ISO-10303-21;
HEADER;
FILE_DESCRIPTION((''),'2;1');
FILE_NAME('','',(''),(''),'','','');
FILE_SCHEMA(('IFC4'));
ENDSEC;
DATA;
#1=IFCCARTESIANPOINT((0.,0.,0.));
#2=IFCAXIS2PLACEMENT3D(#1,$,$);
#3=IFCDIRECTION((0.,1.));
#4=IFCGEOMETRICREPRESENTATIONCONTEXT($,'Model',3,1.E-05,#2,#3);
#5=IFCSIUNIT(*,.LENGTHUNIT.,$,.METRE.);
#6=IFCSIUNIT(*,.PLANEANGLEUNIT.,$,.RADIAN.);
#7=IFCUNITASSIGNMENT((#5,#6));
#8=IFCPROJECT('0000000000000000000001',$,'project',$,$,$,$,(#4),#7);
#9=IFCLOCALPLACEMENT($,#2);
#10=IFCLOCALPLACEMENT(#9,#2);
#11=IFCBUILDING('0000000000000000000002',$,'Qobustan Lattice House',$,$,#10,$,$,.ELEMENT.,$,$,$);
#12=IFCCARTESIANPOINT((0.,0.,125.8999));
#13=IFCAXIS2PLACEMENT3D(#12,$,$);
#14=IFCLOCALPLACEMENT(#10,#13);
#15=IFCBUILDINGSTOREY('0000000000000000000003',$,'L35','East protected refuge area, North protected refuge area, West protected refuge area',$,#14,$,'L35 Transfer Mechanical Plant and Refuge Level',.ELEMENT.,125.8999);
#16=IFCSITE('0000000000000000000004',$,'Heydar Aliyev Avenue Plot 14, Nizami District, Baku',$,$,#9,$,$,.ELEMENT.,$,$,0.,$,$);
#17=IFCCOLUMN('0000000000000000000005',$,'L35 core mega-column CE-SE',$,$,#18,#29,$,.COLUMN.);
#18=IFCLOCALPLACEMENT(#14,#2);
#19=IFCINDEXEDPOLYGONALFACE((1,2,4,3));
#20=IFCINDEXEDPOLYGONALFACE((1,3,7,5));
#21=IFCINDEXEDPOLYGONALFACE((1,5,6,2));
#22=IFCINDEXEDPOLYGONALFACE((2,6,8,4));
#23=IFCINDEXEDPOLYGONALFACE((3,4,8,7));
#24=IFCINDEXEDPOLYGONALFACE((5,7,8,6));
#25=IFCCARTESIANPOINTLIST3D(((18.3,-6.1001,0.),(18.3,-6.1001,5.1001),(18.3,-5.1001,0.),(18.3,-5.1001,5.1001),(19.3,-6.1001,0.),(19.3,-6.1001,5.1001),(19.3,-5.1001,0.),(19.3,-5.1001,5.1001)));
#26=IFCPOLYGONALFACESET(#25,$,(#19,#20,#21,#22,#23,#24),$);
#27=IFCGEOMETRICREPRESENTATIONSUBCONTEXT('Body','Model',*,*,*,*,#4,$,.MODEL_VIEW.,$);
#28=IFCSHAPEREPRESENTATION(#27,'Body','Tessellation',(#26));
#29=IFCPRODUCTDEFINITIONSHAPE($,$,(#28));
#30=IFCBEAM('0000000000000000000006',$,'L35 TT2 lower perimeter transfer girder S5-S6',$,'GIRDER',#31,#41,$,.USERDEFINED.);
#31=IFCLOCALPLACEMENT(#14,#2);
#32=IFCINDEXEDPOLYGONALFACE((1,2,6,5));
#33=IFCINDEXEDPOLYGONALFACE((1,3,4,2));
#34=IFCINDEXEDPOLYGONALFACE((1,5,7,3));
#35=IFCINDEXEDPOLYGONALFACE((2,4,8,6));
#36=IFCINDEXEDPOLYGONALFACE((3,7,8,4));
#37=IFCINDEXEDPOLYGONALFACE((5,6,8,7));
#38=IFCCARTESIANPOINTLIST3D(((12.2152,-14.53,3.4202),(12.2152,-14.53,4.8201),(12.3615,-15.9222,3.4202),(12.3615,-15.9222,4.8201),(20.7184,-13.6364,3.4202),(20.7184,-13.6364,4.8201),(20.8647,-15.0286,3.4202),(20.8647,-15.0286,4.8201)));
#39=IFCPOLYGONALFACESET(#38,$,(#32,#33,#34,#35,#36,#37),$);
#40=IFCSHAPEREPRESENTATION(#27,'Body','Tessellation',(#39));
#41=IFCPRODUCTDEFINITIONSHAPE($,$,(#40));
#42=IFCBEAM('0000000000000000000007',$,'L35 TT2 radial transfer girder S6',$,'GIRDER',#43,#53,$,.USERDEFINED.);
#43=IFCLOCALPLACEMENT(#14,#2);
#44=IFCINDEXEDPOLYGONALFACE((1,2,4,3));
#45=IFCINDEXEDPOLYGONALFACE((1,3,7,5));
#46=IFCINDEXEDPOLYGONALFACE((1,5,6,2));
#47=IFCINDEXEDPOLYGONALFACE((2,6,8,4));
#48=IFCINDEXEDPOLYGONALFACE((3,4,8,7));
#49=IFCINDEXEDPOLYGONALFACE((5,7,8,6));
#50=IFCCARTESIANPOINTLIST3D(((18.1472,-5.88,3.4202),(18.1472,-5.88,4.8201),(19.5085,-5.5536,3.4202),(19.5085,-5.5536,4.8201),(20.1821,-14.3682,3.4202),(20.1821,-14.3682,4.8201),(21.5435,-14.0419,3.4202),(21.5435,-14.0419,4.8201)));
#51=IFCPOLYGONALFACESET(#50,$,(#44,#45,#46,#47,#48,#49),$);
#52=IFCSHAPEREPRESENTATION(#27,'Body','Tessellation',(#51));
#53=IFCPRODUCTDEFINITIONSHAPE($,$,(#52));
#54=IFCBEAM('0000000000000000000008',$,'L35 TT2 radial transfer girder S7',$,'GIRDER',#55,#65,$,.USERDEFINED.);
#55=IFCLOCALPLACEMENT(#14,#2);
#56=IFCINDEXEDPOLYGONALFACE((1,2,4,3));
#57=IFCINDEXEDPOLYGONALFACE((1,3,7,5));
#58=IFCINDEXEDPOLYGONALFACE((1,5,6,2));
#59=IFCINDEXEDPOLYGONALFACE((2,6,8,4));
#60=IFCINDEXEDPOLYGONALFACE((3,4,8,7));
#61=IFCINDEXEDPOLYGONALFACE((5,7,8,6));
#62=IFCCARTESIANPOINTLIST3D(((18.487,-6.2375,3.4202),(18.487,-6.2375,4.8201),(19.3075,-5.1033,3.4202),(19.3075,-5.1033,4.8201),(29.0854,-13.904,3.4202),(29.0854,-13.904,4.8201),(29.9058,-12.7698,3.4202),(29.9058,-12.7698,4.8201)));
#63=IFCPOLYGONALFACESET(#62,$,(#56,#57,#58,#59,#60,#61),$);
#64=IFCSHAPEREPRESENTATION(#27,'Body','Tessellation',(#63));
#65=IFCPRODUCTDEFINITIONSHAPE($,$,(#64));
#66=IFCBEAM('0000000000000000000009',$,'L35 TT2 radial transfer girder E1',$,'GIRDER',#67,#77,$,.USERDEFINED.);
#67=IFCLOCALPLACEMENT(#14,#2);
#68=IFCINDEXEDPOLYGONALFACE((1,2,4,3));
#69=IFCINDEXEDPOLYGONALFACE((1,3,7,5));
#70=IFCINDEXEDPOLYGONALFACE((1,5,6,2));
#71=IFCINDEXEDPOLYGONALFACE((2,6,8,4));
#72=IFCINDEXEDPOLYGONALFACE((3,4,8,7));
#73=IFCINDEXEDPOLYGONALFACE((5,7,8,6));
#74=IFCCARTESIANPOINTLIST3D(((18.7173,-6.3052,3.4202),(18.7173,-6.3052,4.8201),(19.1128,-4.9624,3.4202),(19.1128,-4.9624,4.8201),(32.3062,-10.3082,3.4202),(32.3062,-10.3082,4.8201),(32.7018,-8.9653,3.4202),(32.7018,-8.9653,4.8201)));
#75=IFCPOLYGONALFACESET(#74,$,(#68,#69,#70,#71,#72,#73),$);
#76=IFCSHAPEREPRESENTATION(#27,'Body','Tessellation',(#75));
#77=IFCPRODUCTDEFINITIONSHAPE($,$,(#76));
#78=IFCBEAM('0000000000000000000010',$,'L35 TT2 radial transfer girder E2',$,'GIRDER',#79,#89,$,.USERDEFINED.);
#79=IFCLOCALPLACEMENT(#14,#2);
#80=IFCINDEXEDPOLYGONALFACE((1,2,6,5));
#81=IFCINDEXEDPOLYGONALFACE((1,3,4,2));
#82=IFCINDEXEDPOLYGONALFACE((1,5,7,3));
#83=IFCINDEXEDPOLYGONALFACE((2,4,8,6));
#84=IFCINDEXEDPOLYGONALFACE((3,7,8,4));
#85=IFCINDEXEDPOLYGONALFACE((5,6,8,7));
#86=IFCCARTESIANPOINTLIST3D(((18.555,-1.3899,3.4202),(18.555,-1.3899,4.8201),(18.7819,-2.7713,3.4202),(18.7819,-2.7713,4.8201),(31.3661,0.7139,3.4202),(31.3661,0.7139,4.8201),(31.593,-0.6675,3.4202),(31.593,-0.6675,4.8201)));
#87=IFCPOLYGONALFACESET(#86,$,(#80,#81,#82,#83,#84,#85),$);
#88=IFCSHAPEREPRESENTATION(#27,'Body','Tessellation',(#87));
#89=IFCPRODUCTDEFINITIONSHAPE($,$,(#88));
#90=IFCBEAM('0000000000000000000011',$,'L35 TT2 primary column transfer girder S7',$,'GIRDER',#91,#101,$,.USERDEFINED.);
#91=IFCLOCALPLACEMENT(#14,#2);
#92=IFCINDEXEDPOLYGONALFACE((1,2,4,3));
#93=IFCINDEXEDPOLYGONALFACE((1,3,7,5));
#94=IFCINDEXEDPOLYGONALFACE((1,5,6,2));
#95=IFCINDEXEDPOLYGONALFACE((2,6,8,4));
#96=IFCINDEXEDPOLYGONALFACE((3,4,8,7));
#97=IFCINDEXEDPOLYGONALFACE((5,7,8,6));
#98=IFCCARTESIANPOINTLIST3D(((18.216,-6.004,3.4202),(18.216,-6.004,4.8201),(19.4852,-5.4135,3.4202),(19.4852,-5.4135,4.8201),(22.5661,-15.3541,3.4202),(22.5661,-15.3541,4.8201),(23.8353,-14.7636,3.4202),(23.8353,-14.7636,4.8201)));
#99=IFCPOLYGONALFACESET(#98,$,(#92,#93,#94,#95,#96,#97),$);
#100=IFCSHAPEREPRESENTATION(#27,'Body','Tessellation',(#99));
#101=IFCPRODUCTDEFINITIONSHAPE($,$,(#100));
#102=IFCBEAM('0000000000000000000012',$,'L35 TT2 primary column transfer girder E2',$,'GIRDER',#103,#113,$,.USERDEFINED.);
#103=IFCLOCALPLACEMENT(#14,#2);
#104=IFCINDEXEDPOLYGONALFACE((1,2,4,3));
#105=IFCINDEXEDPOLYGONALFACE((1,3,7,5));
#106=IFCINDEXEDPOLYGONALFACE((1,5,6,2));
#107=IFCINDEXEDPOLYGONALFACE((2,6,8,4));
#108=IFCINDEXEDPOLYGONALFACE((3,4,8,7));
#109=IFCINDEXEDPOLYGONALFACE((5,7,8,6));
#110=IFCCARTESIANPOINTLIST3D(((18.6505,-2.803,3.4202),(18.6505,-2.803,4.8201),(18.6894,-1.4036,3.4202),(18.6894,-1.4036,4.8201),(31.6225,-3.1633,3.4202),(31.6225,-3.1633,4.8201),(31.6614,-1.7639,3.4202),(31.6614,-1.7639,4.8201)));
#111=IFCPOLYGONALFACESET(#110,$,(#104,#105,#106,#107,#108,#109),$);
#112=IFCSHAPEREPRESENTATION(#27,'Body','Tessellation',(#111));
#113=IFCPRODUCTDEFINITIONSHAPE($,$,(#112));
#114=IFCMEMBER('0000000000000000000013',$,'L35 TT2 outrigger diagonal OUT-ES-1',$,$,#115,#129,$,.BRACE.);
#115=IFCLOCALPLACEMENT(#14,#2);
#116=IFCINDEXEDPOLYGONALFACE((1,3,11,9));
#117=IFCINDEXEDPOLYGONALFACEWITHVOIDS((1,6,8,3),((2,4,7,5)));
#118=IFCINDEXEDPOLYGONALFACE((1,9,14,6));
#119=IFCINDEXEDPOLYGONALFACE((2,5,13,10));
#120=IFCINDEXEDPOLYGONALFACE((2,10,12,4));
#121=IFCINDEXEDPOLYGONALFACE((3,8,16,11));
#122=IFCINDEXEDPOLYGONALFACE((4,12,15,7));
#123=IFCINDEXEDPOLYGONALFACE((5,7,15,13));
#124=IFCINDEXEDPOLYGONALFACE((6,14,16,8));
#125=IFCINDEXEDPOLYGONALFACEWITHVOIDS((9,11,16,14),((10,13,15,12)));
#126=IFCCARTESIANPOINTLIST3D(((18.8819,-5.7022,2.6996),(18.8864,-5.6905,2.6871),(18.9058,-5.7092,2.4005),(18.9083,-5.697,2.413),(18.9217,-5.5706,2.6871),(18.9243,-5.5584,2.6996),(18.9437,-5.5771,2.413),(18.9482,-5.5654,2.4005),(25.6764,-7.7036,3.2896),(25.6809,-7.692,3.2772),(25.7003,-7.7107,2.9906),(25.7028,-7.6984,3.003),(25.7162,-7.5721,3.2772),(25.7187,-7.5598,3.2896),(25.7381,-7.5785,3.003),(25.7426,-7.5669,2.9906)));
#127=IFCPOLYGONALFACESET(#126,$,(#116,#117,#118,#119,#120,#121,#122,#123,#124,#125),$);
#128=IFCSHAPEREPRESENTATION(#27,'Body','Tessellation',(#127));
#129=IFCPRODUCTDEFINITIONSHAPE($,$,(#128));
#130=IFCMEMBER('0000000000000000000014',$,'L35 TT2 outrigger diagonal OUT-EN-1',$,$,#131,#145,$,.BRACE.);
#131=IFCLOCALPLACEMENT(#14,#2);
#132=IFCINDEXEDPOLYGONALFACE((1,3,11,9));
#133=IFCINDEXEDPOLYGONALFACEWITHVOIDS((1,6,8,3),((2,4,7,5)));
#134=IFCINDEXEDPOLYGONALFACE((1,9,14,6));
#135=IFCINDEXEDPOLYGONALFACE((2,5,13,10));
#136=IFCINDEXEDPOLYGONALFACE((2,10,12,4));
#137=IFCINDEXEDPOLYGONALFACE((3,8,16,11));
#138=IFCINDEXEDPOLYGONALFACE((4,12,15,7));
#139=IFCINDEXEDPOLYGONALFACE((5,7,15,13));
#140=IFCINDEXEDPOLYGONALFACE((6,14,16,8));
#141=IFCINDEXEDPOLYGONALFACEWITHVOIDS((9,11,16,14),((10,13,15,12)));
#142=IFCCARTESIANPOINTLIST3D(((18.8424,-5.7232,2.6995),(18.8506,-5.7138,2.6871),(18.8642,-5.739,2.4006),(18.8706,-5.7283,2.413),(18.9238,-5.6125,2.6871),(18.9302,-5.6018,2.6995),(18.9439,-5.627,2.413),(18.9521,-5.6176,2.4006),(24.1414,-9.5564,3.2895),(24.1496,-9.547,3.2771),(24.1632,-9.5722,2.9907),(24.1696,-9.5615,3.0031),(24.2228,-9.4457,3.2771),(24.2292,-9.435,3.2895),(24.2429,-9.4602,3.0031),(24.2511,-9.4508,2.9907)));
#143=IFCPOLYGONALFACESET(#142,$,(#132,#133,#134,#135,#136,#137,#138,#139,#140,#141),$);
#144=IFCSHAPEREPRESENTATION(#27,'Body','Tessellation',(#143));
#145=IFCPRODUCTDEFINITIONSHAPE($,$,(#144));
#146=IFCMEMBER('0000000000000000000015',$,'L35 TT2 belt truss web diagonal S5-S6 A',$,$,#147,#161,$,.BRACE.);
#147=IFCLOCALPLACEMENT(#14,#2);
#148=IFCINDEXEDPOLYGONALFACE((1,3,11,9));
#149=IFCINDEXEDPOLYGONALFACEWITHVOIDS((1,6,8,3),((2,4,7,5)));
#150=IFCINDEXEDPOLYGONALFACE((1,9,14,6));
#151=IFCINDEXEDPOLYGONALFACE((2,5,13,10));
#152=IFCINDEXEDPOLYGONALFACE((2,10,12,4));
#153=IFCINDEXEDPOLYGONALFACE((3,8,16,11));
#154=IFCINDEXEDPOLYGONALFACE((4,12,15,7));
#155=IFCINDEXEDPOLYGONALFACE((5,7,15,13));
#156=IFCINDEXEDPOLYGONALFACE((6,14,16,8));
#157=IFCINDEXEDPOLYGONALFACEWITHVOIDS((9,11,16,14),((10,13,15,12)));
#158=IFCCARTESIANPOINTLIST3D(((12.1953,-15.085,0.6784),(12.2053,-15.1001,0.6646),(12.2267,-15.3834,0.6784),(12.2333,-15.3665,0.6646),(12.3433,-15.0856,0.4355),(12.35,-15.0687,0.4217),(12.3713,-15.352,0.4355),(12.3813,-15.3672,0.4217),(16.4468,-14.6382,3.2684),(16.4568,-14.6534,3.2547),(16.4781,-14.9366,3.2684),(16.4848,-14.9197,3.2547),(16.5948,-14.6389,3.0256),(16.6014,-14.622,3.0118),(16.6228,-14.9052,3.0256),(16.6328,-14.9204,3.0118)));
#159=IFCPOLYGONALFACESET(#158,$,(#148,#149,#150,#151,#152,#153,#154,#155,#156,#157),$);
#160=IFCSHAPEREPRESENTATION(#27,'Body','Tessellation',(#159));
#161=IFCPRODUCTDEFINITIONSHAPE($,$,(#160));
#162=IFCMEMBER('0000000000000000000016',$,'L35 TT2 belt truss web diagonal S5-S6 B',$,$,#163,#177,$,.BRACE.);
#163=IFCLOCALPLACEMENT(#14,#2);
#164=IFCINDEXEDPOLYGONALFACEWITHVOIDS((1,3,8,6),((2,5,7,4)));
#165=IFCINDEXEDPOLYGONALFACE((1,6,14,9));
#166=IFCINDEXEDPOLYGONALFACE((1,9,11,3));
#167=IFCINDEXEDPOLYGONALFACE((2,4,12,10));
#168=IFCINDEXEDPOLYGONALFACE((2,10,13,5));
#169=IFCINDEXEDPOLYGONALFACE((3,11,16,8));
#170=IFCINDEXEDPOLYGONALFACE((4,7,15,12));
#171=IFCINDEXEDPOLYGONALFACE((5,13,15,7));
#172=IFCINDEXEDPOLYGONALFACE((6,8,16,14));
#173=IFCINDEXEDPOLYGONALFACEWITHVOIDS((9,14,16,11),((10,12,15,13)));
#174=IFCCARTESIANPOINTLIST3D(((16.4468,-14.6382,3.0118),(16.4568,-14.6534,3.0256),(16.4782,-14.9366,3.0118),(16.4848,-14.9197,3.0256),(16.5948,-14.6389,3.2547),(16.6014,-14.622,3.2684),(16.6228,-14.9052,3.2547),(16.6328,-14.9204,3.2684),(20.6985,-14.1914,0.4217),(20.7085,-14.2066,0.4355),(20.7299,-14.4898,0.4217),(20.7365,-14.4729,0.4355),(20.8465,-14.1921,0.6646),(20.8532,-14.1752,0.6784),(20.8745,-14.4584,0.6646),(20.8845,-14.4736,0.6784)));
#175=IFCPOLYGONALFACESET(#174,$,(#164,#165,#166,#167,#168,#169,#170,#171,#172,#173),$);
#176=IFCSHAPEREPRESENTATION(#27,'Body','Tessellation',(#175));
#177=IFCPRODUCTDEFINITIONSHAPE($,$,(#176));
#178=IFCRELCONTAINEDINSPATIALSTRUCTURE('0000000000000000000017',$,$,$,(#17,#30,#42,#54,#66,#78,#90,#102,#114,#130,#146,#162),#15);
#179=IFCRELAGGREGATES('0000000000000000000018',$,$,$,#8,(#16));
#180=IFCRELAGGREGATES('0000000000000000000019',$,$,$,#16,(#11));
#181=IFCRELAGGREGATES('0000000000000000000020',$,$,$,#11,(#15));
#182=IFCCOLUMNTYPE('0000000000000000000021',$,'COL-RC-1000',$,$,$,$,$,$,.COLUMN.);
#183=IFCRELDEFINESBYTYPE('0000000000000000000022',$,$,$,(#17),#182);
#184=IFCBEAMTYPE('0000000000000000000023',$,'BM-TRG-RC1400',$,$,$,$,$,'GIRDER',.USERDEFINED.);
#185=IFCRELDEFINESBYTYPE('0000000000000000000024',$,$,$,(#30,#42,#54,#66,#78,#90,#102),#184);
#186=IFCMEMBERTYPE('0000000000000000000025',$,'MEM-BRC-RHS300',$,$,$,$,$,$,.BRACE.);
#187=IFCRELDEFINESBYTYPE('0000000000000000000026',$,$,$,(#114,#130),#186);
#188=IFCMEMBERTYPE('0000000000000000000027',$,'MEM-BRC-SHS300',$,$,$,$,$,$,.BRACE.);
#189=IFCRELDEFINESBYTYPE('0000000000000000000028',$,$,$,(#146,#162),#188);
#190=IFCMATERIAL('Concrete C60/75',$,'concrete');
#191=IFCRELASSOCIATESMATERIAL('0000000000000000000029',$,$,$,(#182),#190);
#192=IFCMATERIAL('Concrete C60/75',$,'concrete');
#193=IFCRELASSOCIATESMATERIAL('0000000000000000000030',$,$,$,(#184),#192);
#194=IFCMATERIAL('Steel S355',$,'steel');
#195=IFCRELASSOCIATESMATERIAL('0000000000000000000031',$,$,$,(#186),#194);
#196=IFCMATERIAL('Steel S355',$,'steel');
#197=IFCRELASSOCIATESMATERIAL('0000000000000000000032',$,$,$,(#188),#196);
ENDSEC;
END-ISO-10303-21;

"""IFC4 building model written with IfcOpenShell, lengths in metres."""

from ifc_helpers import new_model, si_unit, direction, frame, origin, origin_2d, place, context, subcontext, project, spatial, rectangle, hollow_rectangle, extrude, material, material_profile, profile_set, type_object, element, save


model = new_model("IFC4")

# Units and contexts
model_context = context("Model", 3, precision=1e-05, world=origin(), true_north=direction((0.0, 1.0)))
body_context = subcontext(model_context, "Body", "Model", "MODEL_VIEW")
ifc_project = project(units=[si_unit("LENGTHUNIT", "METRE"), si_unit("PLANEANGLEUNIT", "RADIAN")], contexts=[model_context])

# Site, building, storey
site_placement = place(None, origin())
site = spatial("IfcSite", under=ifc_project, at=site_placement, Name="Heydar Aliyev Avenue Plot 14, Nizami District, Baku", CompositionType="ELEMENT", RefElevation=0.0)
building_placement = place(site_placement, origin())
building = spatial("IfcBuilding", under=site, at=building_placement, Name="Qobustan Lattice House", CompositionType="ELEMENT")
storey_placement = place(building_placement, frame((0.0, 0.0, 125.8999)))
storey = spatial("IfcBuildingStorey", under=building, at=storey_placement, Name="L35", Description="East protected refuge area, North protected refuge area, West protected refuge area", LongName="L35 Transfer Mechanical Plant and Refuge Level", CompositionType="ELEMENT", Elevation=125.8999)

# Column
ifc_material_1 = material(Name="Concrete C60/75", Category="concrete")
ifc_material_profile_1 = material_profile(ifc_material_1, rectangle(XDim=1.0, YDim=1.0, at=origin_2d()), Name="RC1000x1000")
ifc_profile_set_1 = profile_set([ifc_material_profile_1], Name="Concrete C60/75")
column_type = type_object("IfcColumnType", Name="COL-RC-1000", PredefinedType="COLUMN", material=ifc_profile_set_1)
column_placement = place(storey_placement, frame((18.8, -5.6001, 0.0), z_axis=(0.0, 0.0, 1.0), x_axis=(1.0, 0.0, 0.0)))
element("IfcColumn", 1, at=column_placement, inside=storey, type_object=column_type, Name="L35 core mega-column CE-SE", PredefinedType="COLUMN", context=body_context, shape_type="SweptSolid", body=[
    extrude(rectangle(XDim=1.0, YDim=1.0, at=origin_2d()), origin(), (0.0, 0.0, 1.0), 5.1001),
])

# Beams
ifc_material_2 = material(Name="Concrete C60/75", Category="concrete")
ifc_material_profile_2 = material_profile(ifc_material_2, rectangle(XDim=1.3999, YDim=1.3999, at=origin_2d()), Name="RC1400x1400")
ifc_profile_set_2 = profile_set([ifc_material_profile_2], Name="Concrete C60/75")
beam_type = type_object("IfcBeamType", Name="BM-TRG-RC1400", ElementType="GIRDER", PredefinedType="USERDEFINED", material=ifc_profile_set_2)
beam_1_placement = place(storey_placement, frame((12.2883, -15.2261, 4.1201), z_axis=(0.994524, 0.104509, 0.0), x_axis=(-0.104509, 0.994524, 0.0)))
element("IfcBeam", 2, at=beam_1_placement, inside=storey, type_object=beam_type, Name="L35 TT2 lower perimeter transfer girder S5-S6", ObjectType="GIRDER", PredefinedType="USERDEFINED", context=body_context, shape_type="SweptSolid", body=[
    extrude(rectangle(XDim=1.3999, YDim=1.3999, at=origin_2d()), origin(), (0.0, 0.0, 1.0), 8.55),
])
beam_2_placement = place(storey_placement, frame((18.8279, -5.7168, 4.1201), z_axis=(0.233126, -0.972446, 0.0), x_axis=(0.972446, 0.233126, 0.0)))
element("IfcBeam", 3, at=beam_2_placement, inside=storey, type_object=beam_type, Name="L35 TT2 radial transfer girder S6", ObjectType="GIRDER", PredefinedType="USERDEFINED", context=body_context, shape_type="SweptSolid", body=[
    extrude(rectangle(XDim=1.3999, YDim=1.3999, at=origin_2d()), origin(), (0.0, 0.0, 1.0), 8.7288),
])
beam_3_placement = place(storey_placement, frame((18.8972, -5.6704, 4.1201), z_axis=(0.810239, -0.586099, 0.0), x_axis=(0.586099, 0.810239, 0.0)))
element("IfcBeam", 4, at=beam_3_placement, inside=storey, type_object=beam_type, Name="L35 TT2 radial transfer girder S7", ObjectType="GIRDER", PredefinedType="USERDEFINED", context=body_context, shape_type="SweptSolid", body=[
    extrude(rectangle(XDim=1.3999, YDim=1.3999, at=origin_2d()), origin(), (0.0, 0.0, 1.0), 13.0806),
])
beam_4_placement = place(storey_placement, frame((18.915, -5.6338, 4.1201), z_axis=(0.959247, -0.282569, 0.0), x_axis=(0.282569, 0.959247, 0.0)))
element("IfcBeam", 5, at=beam_4_placement, inside=storey, type_object=beam_type, Name="L35 TT2 radial transfer girder E1", ObjectType="GIRDER", PredefinedType="USERDEFINED", context=body_context, shape_type="SweptSolid", body=[
    extrude(rectangle(XDim=1.3999, YDim=1.3999, at=origin_2d()), origin(), (0.0, 0.0, 1.0), 14.1663),
])
beam_5_placement = place(storey_placement, frame((18.6685, -2.0806, 4.1201), z_axis=(0.986783, 0.162044, 0.0), x_axis=(-0.162044, 0.986783, 0.0)))
element("IfcBeam", 6, at=beam_5_placement, inside=storey, type_object=beam_type, Name="L35 TT2 radial transfer girder E2", ObjectType="GIRDER", PredefinedType="USERDEFINED", context=body_context, shape_type="SweptSolid", body=[
    extrude(rectangle(XDim=1.3999, YDim=1.3999, at=origin_2d()), origin(), (0.0, 0.0, 1.0), 12.9827),
])
beam_6_placement = place(storey_placement, frame((18.8506, -5.7087, 4.1201), z_axis=(0.421828, -0.906676, 0.0), x_axis=(0.906676, 0.421828, 0.0)))
element("IfcBeam", 7, at=beam_6_placement, inside=storey, type_object=beam_type, Name="L35 TT2 primary column transfer girder S7", ObjectType="GIRDER", PredefinedType="USERDEFINED", context=body_context, shape_type="SweptSolid", body=[
    extrude(rectangle(XDim=1.3999, YDim=1.3999, at=origin_2d()), origin(), (0.0, 0.0, 1.0), 10.3125),
])
beam_7_placement = place(storey_placement, frame((18.6699, -2.1033, 4.1201), z_axis=(0.999614, -0.027768, 0.0), x_axis=(0.027768, 0.999614, 0.0)))
element("IfcBeam", 8, at=beam_7_placement, inside=storey, type_object=beam_type, Name="L35 TT2 primary column transfer girder E2", ObjectType="GIRDER", PredefinedType="USERDEFINED", context=body_context, shape_type="SweptSolid", body=[
    extrude(rectangle(XDim=1.3999, YDim=1.3999, at=origin_2d()), origin(), (0.0, 0.0, 1.0), 12.9771),
])

# Members
ifc_material_3 = material(Name="Steel S355", Category="steel")
ifc_material_profile_3 = material_profile(ifc_material_3, hollow_rectangle(XDim=0.1499, YDim=0.3, WallThickness=0.0125, at=origin_2d()), Name="RHS300x150x12.5")
ifc_profile_set_3 = profile_set([ifc_material_profile_3], Name="Steel S355")
member_type_1 = type_object("IfcMemberType", Name="MEM-BRC-RHS300", PredefinedType="BRACE", material=ifc_profile_set_3)
member_1_placement = place(storey_placement, frame((18.915, -5.6338, 2.55), z_axis=(0.955935, -0.281594, 0.083022), x_axis=(0.282569, 0.959247, 0.0)))
element("IfcMember", 9, at=member_1_placement, inside=storey, type_object=member_type_1, Name="L35 TT2 outrigger diagonal OUT-ES-1", PredefinedType="BRACE", context=body_context, shape_type="SweptSolid", body=[
    extrude(hollow_rectangle(XDim=0.1499, YDim=0.3, WallThickness=0.0125, at=origin_2d()), origin(), (0.0, 0.0, 1.0), 7.1077),
])
member_2_placement = place(storey_placement, frame((18.8972, -5.6704, 2.55), z_axis=(0.806955, -0.583737, 0.08986), x_axis=(0.586108, 0.810233, 0.0)))
element("IfcMember", 10, at=member_2_placement, inside=storey, type_object=member_type_1, Name="L35 TT2 outrigger diagonal OUT-EN-1", PredefinedType="BRACE", context=body_context, shape_type="SweptSolid", body=[
    extrude(hollow_rectangle(XDim=0.1499, YDim=0.3, WallThickness=0.0125, at=origin_2d()), origin(), (0.0, 0.0, 1.0), 6.5667),
])
ifc_material_4 = material(Name="Steel S355", Category="steel")
ifc_material_profile_4 = material_profile(ifc_material_4, hollow_rectangle(XDim=0.3, YDim=0.3, WallThickness=0.0161, at=origin_2d()), Name="SHS300x300x16")
ifc_profile_set_4 = profile_set([ifc_material_profile_4], Name="Steel S355")
member_type_2 = type_object("IfcMemberType", Name="MEM-BRC-SHS300", PredefinedType="BRACE", material=ifc_profile_set_4)
member_3_placement = place(storey_placement, frame((12.2883, -15.2261, 0.55), z_axis=(0.85058, 0.089386, 0.518193), x_axis=(-0.104512, 0.994524, 0.0)))
element("IfcMember", 11, at=member_3_placement, inside=storey, type_object=member_type_2, Name="L35 TT2 belt truss web diagonal S5-S6 A", PredefinedType="BRACE", context=body_context, shape_type="SweptSolid", body=[
    extrude(hollow_rectangle(XDim=0.3, YDim=0.3, WallThickness=0.0161, at=origin_2d()), origin(), (0.0, 0.0, 1.0), 4.9983),
])
member_4_placement = place(storey_placement, frame((16.5398, -14.7793, 3.1401), z_axis=(0.850594, 0.089382, -0.518171), x_axis=(-0.104506, 0.994524, 0.0)))
element("IfcMember", 12, at=member_4_placement, inside=storey, type_object=member_type_2, Name="L35 TT2 belt truss web diagonal S5-S6 B", PredefinedType="BRACE", context=body_context, shape_type="SweptSolid", body=[
    extrude(hollow_rectangle(XDim=0.3, YDim=0.3, WallThickness=0.0161, at=origin_2d()), origin(), (0.0, 0.0, 1.0), 4.9985),
])

save(model, "model.ifc")
